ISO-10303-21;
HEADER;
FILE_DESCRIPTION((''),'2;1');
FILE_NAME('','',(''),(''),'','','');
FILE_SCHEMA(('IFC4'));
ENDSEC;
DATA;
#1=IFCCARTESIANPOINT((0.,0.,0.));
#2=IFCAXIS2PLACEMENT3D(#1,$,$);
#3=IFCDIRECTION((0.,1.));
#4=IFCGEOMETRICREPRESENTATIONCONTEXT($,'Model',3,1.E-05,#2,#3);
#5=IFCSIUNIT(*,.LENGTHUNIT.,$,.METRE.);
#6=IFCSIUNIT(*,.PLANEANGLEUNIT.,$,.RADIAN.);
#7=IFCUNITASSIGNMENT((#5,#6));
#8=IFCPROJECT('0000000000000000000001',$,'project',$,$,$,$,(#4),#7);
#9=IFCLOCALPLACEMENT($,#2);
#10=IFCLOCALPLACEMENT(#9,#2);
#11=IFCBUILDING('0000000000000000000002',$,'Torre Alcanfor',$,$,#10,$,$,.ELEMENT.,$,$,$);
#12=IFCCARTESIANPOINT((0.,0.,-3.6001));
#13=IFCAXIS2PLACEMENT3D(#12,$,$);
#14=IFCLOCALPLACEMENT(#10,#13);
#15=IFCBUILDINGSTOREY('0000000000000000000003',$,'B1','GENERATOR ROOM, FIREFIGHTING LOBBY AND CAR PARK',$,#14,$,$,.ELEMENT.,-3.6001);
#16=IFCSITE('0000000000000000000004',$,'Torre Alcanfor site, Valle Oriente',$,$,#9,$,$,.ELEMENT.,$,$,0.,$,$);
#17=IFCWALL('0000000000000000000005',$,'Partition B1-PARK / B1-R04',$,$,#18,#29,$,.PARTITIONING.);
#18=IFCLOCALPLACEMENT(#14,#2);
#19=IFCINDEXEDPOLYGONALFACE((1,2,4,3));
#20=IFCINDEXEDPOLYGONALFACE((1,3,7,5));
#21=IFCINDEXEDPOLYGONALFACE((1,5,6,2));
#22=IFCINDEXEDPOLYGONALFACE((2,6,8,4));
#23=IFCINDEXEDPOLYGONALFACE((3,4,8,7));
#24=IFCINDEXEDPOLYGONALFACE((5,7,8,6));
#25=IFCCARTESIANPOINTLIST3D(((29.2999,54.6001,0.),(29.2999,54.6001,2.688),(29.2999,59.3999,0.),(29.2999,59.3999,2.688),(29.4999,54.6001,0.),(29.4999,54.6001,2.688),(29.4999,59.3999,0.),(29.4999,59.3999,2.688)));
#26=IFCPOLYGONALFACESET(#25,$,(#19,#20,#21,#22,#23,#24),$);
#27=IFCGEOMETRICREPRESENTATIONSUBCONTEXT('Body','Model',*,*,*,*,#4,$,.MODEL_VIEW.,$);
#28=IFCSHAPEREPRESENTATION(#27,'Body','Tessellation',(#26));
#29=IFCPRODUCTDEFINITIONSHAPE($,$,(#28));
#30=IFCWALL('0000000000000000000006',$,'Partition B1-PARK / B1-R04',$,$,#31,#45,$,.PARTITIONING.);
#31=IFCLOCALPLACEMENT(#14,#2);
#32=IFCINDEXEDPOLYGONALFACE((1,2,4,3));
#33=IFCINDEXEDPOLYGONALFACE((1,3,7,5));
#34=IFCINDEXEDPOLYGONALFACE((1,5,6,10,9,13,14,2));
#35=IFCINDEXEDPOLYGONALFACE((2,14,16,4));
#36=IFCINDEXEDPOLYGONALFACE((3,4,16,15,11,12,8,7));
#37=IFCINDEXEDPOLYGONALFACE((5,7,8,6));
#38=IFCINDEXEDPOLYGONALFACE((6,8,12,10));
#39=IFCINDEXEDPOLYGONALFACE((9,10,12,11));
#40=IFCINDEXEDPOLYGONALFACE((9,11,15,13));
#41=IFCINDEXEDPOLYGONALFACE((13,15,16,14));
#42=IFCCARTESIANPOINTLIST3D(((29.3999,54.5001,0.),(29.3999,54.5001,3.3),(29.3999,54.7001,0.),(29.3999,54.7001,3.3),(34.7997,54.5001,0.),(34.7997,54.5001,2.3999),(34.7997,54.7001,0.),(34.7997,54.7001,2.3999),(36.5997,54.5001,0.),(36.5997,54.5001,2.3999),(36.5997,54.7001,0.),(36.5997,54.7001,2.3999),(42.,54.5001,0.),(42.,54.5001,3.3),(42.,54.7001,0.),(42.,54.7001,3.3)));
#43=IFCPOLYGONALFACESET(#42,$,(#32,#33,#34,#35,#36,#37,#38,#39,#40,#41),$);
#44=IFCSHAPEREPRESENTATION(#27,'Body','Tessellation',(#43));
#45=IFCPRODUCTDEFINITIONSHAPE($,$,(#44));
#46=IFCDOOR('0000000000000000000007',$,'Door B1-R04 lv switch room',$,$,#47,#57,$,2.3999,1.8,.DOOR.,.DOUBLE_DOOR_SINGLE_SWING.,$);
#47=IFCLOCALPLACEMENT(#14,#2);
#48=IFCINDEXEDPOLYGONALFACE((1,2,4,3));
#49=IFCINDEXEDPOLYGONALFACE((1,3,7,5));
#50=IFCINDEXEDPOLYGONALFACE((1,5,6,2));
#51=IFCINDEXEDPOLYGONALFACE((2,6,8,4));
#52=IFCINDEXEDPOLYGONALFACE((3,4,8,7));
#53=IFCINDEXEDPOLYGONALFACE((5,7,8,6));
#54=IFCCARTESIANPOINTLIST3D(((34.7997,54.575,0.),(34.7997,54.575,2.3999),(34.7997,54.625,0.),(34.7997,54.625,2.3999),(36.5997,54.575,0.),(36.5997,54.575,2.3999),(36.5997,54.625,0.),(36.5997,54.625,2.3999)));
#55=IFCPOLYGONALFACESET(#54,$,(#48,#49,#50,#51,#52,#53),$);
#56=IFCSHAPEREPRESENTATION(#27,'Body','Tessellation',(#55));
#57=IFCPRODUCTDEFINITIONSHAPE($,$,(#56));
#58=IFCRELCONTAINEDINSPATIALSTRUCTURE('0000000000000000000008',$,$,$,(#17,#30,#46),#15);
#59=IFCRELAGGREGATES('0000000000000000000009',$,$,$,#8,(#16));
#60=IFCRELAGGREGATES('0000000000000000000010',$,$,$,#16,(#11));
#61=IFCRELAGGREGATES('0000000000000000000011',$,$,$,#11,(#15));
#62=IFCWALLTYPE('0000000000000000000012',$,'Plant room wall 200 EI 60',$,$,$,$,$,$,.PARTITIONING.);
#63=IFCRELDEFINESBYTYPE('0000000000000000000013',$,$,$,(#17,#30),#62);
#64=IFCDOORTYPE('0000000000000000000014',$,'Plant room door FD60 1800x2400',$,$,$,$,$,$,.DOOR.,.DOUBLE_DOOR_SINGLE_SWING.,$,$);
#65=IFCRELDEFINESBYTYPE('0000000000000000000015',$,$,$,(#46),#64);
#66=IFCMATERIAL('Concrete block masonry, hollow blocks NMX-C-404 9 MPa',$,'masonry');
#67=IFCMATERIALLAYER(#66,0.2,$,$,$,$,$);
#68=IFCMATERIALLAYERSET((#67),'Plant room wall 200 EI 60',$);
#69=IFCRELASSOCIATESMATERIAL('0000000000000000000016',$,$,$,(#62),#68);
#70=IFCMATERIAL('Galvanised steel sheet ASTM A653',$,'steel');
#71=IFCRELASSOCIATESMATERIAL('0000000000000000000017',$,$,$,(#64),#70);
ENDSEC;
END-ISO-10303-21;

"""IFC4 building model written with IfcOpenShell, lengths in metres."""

from ifc_helpers import new_model, si_unit, direction, frame, frame_2d, origin, place, context, subcontext, project, spatial, rectangle, extrude, material, layer, layer_set, type_object, element, fill, save


model = new_model("IFC4")

# Units and contexts
model_context = context("Model", 3, precision=1e-05, world=origin(), true_north=direction((0.0, 1.0)))
body_context = subcontext(model_context, "Body", "Model", "MODEL_VIEW")
ifc_project = project(units=[si_unit("LENGTHUNIT", "METRE"), si_unit("PLANEANGLEUNIT", "RADIAN")], contexts=[model_context])

# Site, building, storey
site_placement = place(None, origin())
site = spatial("IfcSite", under=ifc_project, at=site_placement, Name="Torre Alcanfor site, Valle Oriente", CompositionType="ELEMENT", RefElevation=0.0)
building_placement = place(site_placement, origin())
building = spatial("IfcBuilding", under=site, at=building_placement, Name="Torre Alcanfor", CompositionType="ELEMENT")
storey_placement = place(building_placement, frame((0.0, 0.0, -3.6001)))
storey = spatial("IfcBuildingStorey", under=building, at=storey_placement, Name="B1", Description="GENERATOR ROOM, FIREFIGHTING LOBBY AND CAR PARK", CompositionType="ELEMENT", Elevation=-3.6001)

# Wall
ifc_material_1 = material(Name="Concrete block masonry, hollow blocks NMX-C-404 9 MPa", Category="masonry")
ifc_layer_1 = layer(ifc_material_1, 0.2)
ifc_layer_set_1 = layer_set([ifc_layer_1], Name="Plant room wall 200 EI 60")
wall_type_1 = type_object("IfcWallType", Name="Plant room wall 200 EI 60", PredefinedType="PARTITIONING", material=ifc_layer_set_1)
wall_1_placement = place(storey_placement, frame((29.3999, 59.3999, 0.0), z_axis=(0.0, 0.0, 1.0), x_axis=(0.0, -1.0, 0.0)))
element("IfcWall", 1, at=wall_1_placement, inside=storey, type_object=wall_type_1, Name="Partition B1-PARK / B1-R04", PredefinedType="PARTITIONING", context=body_context, shape_type="SweptSolid", body=[
    extrude(rectangle(XDim=4.7998, YDim=0.2, at=frame_2d((2.3999, 0.0))), origin(), (0.0, 0.0, 1.0), 2.688),
])

# Wall, opening, door
wall_2_placement = place(storey_placement, frame((29.3999, 54.6001, 0.0), z_axis=(0.0, 0.0, 1.0), x_axis=(1.0, 0.0, 0.0)))
wall_2 = element("IfcWall", 2, at=wall_2_placement, inside=storey, type_object=wall_type_1, Name="Partition B1-PARK / B1-R04", PredefinedType="PARTITIONING", context=body_context, shape_type="SweptSolid", body=[
    extrude(rectangle(XDim=12.6001, YDim=0.2, at=frame_2d((6.3, 0.0))), origin(), (0.0, 0.0, 1.0), 3.3),
])
opening_placement = place(wall_2_placement, frame((5.3999, 0.0, 0.0)))
opening = element("IfcOpeningElement", 3, at=opening_placement, cuts=wall_2, PredefinedType="OPENING", context=body_context, shape_type="SweptSolid", body=[
    extrude(rectangle(XDim=1.8, YDim=2.3999, at=frame_2d((0.8999, 1.2))), frame((0.0, 0.1099, 0.0), z_axis=(0.0, -1.0, 0.0), x_axis=(1.0, 0.0, 0.0)), (0.0, 0.0, 1.0), 0.22),
])
ifc_material_2 = material(Name="Galvanised steel sheet ASTM A653", Category="steel")
door_type = type_object("IfcDoorType", Name="Plant room door FD60 1800x2400", OperationType="DOUBLE_DOOR_SINGLE_SWING", PredefinedType="DOOR", material=ifc_material_2)
door_placement = place(opening_placement, origin())
door = element("IfcDoor", 4, at=door_placement, inside=storey, type_object=door_type, Name="Door B1-R04 lv switch room", OperationType="DOUBLE_DOOR_SINGLE_SWING", OverallHeight=2.3999, OverallWidth=1.8, PredefinedType="DOOR", context=body_context, shape_type="SweptSolid", body=[
    extrude(rectangle(XDim=1.8, YDim=2.3999, at=frame_2d((0.8999, 1.2))), frame((0.0, 0.0249, 0.0), z_axis=(0.0, -1.0, 0.0), x_axis=(1.0, 0.0, 0.0)), (0.0, 0.0, 1.0), 0.05),
])
fill(opening, door)

save(model, "model.ifc")
